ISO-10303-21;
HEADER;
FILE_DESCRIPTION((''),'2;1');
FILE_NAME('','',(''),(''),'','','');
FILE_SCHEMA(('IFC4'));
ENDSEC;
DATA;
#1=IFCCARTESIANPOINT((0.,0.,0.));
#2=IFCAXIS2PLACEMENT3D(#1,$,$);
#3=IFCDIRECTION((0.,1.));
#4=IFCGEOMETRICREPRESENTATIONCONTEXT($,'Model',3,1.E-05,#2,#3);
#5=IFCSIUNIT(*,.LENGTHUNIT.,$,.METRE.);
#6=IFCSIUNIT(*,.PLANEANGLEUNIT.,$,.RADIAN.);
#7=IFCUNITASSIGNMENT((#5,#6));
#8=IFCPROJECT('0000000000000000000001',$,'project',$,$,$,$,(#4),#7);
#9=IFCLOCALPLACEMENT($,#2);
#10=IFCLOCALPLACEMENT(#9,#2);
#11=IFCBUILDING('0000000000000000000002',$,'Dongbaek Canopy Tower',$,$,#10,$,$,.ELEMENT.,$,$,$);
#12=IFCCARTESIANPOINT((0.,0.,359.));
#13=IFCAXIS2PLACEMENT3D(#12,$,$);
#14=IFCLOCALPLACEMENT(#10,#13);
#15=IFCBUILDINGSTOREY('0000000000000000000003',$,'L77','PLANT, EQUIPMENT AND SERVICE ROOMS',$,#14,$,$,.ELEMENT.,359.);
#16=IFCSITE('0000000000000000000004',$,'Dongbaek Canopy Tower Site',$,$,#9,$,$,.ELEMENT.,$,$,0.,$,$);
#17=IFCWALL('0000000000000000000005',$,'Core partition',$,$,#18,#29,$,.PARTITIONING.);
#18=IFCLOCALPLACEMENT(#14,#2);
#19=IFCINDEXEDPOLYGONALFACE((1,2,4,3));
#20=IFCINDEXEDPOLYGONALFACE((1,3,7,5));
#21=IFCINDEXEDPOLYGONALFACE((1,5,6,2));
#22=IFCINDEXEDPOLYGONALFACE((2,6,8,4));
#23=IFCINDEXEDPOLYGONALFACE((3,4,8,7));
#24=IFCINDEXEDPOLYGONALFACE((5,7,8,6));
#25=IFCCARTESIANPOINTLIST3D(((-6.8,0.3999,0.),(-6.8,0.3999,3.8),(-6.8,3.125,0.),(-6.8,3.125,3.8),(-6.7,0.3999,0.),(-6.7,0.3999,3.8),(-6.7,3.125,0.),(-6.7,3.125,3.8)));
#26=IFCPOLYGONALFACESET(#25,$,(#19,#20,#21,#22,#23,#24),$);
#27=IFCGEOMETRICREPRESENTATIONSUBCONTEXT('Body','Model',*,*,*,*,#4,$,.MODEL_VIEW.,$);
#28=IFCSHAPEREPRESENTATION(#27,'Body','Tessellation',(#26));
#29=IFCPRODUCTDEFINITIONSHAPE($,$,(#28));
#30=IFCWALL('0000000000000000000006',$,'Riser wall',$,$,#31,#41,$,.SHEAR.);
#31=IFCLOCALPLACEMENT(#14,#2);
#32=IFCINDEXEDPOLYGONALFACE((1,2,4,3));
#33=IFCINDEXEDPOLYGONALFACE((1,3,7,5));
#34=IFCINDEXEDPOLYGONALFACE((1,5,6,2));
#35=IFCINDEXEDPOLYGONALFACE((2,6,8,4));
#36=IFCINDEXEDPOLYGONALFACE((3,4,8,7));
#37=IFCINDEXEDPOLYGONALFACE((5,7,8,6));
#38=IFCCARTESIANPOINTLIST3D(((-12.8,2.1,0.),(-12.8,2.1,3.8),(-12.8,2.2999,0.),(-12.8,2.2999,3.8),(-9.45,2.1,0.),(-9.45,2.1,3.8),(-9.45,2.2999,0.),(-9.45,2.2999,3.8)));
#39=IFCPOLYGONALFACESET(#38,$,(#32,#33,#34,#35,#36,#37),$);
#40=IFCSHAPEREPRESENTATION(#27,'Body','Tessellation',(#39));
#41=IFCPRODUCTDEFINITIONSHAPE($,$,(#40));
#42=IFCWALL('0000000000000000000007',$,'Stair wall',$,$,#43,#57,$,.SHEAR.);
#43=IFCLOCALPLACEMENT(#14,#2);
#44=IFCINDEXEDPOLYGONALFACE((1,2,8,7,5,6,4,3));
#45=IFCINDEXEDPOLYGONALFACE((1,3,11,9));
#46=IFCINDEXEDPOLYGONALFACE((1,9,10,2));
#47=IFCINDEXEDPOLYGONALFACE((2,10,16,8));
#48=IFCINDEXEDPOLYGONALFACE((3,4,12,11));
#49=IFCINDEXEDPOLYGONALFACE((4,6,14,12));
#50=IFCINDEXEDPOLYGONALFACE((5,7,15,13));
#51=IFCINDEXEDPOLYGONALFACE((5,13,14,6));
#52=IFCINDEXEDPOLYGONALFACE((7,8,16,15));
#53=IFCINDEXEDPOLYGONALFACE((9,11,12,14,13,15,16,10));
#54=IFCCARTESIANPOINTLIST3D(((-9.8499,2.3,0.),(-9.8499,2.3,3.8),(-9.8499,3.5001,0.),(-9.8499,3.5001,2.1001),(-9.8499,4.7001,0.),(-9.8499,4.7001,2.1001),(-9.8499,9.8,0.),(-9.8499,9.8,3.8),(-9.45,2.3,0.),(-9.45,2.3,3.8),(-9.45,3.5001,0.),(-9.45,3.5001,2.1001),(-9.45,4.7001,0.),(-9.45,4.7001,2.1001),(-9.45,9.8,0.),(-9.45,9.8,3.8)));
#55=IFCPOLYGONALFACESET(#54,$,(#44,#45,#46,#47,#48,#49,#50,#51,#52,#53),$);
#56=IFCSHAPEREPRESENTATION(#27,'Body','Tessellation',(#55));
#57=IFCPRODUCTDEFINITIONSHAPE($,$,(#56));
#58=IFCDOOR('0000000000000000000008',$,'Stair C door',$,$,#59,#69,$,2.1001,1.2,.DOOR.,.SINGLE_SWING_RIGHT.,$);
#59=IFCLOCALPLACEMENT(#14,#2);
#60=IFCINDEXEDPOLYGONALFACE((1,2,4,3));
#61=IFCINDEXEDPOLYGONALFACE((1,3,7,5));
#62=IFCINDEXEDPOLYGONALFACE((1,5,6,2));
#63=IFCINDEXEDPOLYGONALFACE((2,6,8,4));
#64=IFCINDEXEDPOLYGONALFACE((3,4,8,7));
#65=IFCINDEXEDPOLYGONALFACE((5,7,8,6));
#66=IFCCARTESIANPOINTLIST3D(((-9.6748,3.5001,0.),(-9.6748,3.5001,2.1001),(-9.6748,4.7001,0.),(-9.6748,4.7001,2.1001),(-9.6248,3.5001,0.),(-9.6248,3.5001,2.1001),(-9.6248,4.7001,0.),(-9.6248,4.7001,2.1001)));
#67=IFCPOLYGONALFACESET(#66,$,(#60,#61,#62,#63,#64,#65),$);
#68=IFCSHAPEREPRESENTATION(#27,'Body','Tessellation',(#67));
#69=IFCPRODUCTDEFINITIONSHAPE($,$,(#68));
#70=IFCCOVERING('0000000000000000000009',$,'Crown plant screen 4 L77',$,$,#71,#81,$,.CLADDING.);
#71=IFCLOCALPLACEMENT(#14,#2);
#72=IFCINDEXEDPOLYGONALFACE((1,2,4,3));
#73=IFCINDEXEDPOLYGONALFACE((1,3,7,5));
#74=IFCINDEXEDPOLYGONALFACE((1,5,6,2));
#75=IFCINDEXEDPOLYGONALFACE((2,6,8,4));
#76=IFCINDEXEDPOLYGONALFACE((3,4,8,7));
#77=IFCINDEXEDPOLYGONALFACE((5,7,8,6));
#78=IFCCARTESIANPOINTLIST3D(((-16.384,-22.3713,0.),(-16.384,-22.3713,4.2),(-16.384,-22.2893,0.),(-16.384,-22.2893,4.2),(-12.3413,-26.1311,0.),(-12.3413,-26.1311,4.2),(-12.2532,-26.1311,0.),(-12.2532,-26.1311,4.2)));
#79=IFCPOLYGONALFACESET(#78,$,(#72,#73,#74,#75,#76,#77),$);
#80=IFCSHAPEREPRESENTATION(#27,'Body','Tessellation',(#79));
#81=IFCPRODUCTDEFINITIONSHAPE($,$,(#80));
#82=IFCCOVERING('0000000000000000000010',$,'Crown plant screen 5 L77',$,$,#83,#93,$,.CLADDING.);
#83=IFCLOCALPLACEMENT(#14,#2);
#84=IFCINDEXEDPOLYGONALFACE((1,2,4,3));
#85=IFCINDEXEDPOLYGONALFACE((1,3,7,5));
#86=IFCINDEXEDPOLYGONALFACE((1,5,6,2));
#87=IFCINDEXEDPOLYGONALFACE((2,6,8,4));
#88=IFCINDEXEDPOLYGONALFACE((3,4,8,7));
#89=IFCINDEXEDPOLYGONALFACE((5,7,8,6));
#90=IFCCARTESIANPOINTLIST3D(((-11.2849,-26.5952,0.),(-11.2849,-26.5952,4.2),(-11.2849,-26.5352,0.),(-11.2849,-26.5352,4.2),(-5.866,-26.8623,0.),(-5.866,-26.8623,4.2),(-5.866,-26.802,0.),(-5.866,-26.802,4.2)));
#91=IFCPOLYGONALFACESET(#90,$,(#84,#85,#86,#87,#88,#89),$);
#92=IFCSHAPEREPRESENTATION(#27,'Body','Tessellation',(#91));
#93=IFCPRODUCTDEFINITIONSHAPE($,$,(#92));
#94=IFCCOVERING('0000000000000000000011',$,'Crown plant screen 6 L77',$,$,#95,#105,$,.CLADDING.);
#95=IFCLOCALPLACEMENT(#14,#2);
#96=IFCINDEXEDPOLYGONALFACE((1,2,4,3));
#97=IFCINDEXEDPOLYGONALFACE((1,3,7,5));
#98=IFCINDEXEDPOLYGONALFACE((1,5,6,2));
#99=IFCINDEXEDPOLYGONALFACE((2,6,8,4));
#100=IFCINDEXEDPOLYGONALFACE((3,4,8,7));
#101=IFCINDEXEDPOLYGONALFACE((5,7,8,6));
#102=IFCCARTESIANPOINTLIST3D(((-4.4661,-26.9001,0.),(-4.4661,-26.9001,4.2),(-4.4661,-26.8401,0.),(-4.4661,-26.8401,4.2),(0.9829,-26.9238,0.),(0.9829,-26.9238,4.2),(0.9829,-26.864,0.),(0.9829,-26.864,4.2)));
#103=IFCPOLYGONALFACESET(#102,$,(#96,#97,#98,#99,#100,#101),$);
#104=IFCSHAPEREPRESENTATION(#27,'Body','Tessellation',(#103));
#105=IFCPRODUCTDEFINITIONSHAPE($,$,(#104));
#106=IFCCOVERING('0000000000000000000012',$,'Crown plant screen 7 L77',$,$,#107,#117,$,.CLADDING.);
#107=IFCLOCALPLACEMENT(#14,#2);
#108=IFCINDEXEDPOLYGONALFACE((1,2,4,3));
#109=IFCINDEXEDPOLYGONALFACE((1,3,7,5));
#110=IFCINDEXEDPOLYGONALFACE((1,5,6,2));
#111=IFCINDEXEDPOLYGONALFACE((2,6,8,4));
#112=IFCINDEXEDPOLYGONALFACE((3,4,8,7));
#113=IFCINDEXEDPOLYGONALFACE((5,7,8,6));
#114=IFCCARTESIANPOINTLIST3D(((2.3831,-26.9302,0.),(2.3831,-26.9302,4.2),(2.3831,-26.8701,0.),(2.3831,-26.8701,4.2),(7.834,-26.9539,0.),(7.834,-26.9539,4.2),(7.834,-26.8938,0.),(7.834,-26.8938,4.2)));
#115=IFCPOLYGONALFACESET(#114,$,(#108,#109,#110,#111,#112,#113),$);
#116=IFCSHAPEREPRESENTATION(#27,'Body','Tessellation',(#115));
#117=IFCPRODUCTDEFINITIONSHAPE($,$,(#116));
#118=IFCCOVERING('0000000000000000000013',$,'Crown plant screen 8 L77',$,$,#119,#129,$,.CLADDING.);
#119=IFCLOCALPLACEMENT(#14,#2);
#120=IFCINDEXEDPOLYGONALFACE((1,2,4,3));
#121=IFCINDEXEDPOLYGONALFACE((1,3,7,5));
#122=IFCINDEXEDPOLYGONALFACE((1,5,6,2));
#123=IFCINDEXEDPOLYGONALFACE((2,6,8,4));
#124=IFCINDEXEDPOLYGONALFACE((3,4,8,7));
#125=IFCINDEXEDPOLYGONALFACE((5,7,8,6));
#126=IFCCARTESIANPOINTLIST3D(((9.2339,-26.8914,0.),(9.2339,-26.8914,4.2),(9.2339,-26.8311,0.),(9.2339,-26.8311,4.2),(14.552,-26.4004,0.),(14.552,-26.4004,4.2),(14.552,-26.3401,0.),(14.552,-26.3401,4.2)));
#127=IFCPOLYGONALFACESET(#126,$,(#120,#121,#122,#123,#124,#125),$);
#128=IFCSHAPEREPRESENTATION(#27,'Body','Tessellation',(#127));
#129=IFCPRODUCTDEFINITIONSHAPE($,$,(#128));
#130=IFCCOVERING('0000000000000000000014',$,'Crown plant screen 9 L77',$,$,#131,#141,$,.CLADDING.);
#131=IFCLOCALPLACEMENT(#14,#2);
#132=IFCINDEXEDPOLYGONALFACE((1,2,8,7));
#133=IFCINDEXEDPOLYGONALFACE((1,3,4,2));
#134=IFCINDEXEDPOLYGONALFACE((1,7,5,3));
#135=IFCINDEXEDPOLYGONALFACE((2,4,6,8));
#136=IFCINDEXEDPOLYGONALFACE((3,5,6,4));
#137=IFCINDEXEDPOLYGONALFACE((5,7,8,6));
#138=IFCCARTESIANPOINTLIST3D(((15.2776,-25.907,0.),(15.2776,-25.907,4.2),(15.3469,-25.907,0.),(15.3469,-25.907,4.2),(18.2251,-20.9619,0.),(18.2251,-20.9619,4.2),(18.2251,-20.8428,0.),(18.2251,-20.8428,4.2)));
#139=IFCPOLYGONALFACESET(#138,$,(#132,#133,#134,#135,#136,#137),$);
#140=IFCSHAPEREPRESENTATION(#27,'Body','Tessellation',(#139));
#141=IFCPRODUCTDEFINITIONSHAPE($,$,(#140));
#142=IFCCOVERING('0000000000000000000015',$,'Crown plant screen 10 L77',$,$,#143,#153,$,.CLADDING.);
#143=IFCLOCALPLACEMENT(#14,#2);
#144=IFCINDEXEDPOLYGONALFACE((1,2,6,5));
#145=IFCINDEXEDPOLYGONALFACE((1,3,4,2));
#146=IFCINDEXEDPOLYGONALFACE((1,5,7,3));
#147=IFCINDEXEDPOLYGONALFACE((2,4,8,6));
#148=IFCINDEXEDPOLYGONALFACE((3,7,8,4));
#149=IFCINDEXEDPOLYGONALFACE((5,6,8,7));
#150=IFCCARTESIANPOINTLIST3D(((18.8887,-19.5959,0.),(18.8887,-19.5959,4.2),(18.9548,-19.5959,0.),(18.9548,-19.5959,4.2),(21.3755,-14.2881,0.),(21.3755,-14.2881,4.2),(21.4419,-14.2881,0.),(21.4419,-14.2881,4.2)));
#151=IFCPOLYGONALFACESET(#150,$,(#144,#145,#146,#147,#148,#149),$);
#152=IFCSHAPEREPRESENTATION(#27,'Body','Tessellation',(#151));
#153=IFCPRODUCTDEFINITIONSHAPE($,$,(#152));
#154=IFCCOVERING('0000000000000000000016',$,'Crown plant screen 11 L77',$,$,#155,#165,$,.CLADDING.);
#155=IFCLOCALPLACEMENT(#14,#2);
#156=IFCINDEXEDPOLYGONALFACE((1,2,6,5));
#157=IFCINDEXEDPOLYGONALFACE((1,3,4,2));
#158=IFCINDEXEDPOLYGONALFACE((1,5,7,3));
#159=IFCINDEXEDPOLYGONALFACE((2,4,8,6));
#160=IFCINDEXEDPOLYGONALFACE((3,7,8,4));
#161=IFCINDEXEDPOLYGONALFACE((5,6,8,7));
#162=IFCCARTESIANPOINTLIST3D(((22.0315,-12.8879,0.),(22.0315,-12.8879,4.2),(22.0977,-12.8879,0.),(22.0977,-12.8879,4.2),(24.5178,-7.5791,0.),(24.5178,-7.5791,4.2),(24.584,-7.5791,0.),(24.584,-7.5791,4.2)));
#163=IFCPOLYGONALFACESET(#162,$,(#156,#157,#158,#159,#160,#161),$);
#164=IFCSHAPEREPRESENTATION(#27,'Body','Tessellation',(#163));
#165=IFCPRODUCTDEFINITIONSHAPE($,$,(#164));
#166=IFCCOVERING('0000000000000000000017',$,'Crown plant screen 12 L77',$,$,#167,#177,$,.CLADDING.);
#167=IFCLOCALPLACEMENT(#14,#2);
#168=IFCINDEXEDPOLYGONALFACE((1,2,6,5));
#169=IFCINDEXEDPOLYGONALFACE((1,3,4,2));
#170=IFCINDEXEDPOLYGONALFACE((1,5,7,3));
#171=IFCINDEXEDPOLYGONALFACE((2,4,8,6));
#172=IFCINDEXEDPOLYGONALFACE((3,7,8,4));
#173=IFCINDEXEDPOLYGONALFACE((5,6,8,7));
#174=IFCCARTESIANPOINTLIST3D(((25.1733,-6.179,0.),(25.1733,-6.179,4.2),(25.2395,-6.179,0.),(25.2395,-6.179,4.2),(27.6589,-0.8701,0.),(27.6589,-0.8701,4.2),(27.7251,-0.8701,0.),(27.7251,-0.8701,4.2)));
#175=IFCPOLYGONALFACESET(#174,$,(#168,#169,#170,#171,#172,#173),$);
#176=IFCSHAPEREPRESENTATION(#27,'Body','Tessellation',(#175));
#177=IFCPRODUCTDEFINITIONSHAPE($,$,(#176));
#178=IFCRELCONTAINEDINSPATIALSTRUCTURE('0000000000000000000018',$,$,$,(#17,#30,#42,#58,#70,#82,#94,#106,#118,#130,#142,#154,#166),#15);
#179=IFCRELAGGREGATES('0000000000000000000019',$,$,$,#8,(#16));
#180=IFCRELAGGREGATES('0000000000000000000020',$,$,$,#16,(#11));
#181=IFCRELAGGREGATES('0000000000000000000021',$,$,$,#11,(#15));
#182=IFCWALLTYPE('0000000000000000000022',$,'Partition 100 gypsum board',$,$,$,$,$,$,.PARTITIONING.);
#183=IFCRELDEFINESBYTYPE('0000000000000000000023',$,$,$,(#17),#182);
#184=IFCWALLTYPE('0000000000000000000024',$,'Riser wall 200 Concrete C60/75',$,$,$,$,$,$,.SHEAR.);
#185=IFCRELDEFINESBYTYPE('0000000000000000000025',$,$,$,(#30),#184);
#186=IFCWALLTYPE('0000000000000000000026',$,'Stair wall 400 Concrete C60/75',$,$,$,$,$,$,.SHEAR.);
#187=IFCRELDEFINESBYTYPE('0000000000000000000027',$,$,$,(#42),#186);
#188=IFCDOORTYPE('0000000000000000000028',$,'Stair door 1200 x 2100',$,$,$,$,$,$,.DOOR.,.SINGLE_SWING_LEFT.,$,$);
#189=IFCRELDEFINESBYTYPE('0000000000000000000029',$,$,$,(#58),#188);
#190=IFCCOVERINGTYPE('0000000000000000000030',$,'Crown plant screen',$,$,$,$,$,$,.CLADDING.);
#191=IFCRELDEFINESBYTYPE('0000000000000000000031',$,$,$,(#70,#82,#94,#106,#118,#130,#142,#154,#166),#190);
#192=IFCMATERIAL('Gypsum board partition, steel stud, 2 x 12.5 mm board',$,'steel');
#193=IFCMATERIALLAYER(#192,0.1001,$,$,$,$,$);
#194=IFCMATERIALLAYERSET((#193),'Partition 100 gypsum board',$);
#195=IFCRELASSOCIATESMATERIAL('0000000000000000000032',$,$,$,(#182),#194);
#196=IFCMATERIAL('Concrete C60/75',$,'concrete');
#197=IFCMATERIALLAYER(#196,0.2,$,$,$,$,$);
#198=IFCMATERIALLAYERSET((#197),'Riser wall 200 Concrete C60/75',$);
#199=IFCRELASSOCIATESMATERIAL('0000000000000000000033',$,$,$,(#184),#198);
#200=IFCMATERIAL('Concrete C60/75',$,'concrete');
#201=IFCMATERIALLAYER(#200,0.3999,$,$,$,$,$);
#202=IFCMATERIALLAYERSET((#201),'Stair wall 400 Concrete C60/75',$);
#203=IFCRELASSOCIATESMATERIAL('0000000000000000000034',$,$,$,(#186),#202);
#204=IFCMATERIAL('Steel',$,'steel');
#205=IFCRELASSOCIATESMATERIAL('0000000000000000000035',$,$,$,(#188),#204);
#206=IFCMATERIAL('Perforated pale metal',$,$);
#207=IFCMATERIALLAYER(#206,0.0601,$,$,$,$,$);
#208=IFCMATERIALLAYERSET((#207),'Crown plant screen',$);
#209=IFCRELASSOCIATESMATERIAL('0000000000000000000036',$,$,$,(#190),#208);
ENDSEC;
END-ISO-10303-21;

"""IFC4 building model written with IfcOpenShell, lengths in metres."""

from ifc_helpers import new_model, si_unit, direction, frame, frame_2d, origin, place, context, subcontext, project, spatial, polyline, rectangle, outline, extrude, material, layer, layer_set, type_object, element, fill, save


model = new_model("IFC4")

# Units and contexts
model_context = context("Model", 3, precision=1e-05, world=origin(), true_north=direction((0.0, 1.0)))
body_context = subcontext(model_context, "Body", "Model", "MODEL_VIEW")
ifc_project = project(units=[si_unit("LENGTHUNIT", "METRE"), si_unit("PLANEANGLEUNIT", "RADIAN")], contexts=[model_context])

# Site, building, storey
site_placement = place(None, origin())
site = spatial("IfcSite", under=ifc_project, at=site_placement, Name="Dongbaek Canopy Tower Site", CompositionType="ELEMENT", RefElevation=0.0)
building_placement = place(site_placement, origin())
building = spatial("IfcBuilding", under=site, at=building_placement, Name="Dongbaek Canopy Tower", CompositionType="ELEMENT")
storey_placement = place(building_placement, frame((0.0, 0.0, 359.0)))
storey = spatial("IfcBuildingStorey", under=building, at=storey_placement, Name="L77", Description="PLANT, EQUIPMENT AND SERVICE ROOMS", CompositionType="ELEMENT", Elevation=359.0)

# Walls
ifc_material_1 = material(Name="Gypsum board partition, steel stud, 2 x 12.5 mm board", Category="steel")
ifc_layer_1 = layer(ifc_material_1, 0.1001)
ifc_layer_set_1 = layer_set([ifc_layer_1], Name="Partition 100 gypsum board")
wall_type_1 = type_object("IfcWallType", Name="Partition 100 gypsum board", PredefinedType="PARTITIONING", material=ifc_layer_set_1)
for number, where, z_axis, x_axis, name in (
    (1, (-6.75, 0.3999, 0.0), (0.0, 0.0, 1.0), (0.0, 1.0, 0.0), "Core partition"),
):
    element("IfcWall", number, at=place(storey_placement, frame(where, z_axis=z_axis, x_axis=x_axis)), inside=storey, type_object=wall_type_1, Name=name, PredefinedType="PARTITIONING", context=body_context, shape_type="SweptSolid", body=[
        extrude(rectangle(XDim=2.7251, YDim=0.1001, at=frame_2d((1.3625, 0.0))), origin(), (0.0, 0.0, 1.0), 3.8),
    ])
ifc_material_2 = material(Name="Concrete C60/75", Category="concrete")
ifc_layer_2 = layer(ifc_material_2, 0.2)
ifc_layer_set_2 = layer_set([ifc_layer_2], Name="Riser wall 200 Concrete C60/75")
wall_type_2 = type_object("IfcWallType", Name="Riser wall 200 Concrete C60/75", PredefinedType="SHEAR", material=ifc_layer_set_2)
wall_1_placement = place(storey_placement, frame((-9.45, 2.2, 0.0), z_axis=(0.0, 0.0, 1.0), x_axis=(-1.0, 0.0, 0.0)))
element("IfcWall", 2, at=wall_1_placement, inside=storey, type_object=wall_type_2, Name="Riser wall", PredefinedType="SHEAR", context=body_context, shape_type="SweptSolid", body=[
    extrude(rectangle(XDim=3.3501, YDim=0.2, at=frame_2d((1.675, 0.0))), origin(), (0.0, 0.0, 1.0), 3.8),
])

# Wall, opening, door
ifc_material_3 = material(Name="Concrete C60/75", Category="concrete")
ifc_layer_3 = layer(ifc_material_3, 0.3999)
ifc_layer_set_3 = layer_set([ifc_layer_3], Name="Stair wall 400 Concrete C60/75")
wall_type_3 = type_object("IfcWallType", Name="Stair wall 400 Concrete C60/75", PredefinedType="SHEAR", material=ifc_layer_set_3)
wall_2_placement = place(storey_placement, frame((-9.6499, 2.3, 0.0), z_axis=(0.0, 0.0, 1.0), x_axis=(0.0, 1.0, 0.0)))
wall_2 = element("IfcWall", 3, at=wall_2_placement, inside=storey, type_object=wall_type_3, Name="Stair wall", PredefinedType="SHEAR", context=body_context, shape_type="SweptSolid", body=[
    extrude(rectangle(XDim=7.5, YDim=0.3999, at=frame_2d((3.75, 0.0))), origin(), (0.0, 0.0, 1.0), 3.8),
])
opening_1_placement = place(wall_2_placement, frame((1.2, 0.0, 0.0)))
opening_1 = element("IfcOpeningElement", 4, at=opening_1_placement, cuts=wall_2, PredefinedType="OPENING", context=body_context, shape_type="SweptSolid", body=[
    extrude(rectangle(XDim=1.2, YDim=2.1001, at=frame_2d((0.6001, 1.05))), frame((0.0, 0.21, 0.0), z_axis=(0.0, -1.0, 0.0), x_axis=(1.0, 0.0, 0.0)), (0.0, 0.0, 1.0), 0.4199),
])
ifc_material_4 = material(Name="Steel", Category="steel")
door_type_1 = type_object("IfcDoorType", Name="Stair door 1200 x 2100", OperationType="SINGLE_SWING_LEFT", PredefinedType="DOOR", material=ifc_material_4)
door_1_placement = place(opening_1_placement, origin())
door_1 = element("IfcDoor", 5, at=door_1_placement, inside=storey, type_object=door_type_1, Name="Stair C door", OperationType="SINGLE_SWING_RIGHT", OverallHeight=2.1001, OverallWidth=1.2, PredefinedType="DOOR", context=body_context, shape_type="SweptSolid", body=[
    extrude(rectangle(XDim=1.2, YDim=2.1001, at=frame_2d((0.6001, 1.05))), frame((0.0, 0.0249, 0.0), z_axis=(0.0, -1.0, 0.0), x_axis=(1.0, 0.0, 0.0)), (0.0, 0.0, 1.0), 0.05),
])
fill(opening_1, door_1)

# Coverings
ifc_material_5 = material(Name="Perforated pale metal")
ifc_layer_4 = layer(ifc_material_5, 0.0601)
ifc_layer_set_4 = layer_set([ifc_layer_4], Name="Crown plant screen")
covering_type_1 = type_object("IfcCoveringType", Name="Crown plant screen", PredefinedType="CLADDING", material=ifc_layer_set_4)
covering_1_placement = place(storey_placement, origin())
element("IfcCovering", 6, at=covering_1_placement, inside=storey, type_object=covering_type_1, Name="Crown plant screen 4 L77", PredefinedType="CLADDING", context=body_context, shape_type="SweptSolid", body=[
    extrude(outline(polyline([(-16.384, -22.3713), (-16.384, -22.2893), (-12.2532, -26.1311), (-12.3413, -26.1311), (-16.384, -22.3713)])), origin(), (0.0, 0.0, 1.0), 4.2),
])
covering_2_placement = place(storey_placement, origin())
element("IfcCovering", 7, at=covering_2_placement, inside=storey, type_object=covering_type_1, Name="Crown plant screen 5 L77", PredefinedType="CLADDING", context=body_context, shape_type="SweptSolid", body=[
    extrude(outline(polyline([(-11.2849, -26.5952), (-11.2849, -26.5352), (-5.866, -26.802), (-5.866, -26.8623), (-11.2849, -26.5952)])), origin(), (0.0, 0.0, 1.0), 4.2),
])
covering_3_placement = place(storey_placement, origin())
element("IfcCovering", 8, at=covering_3_placement, inside=storey, type_object=covering_type_1, Name="Crown plant screen 6 L77", PredefinedType="CLADDING", context=body_context, shape_type="SweptSolid", body=[
    extrude(outline(polyline([(-4.4661, -26.9001), (-4.4661, -26.8401), (0.9829, -26.864), (0.9829, -26.9238), (-4.4661, -26.9001)])), origin(), (0.0, 0.0, 1.0), 4.2),
])
covering_4_placement = place(storey_placement, origin())
element("IfcCovering", 9, at=covering_4_placement, inside=storey, type_object=covering_type_1, Name="Crown plant screen 7 L77", PredefinedType="CLADDING", context=body_context, shape_type="SweptSolid", body=[
    extrude(outline(polyline([(2.3831, -26.9302), (2.3831, -26.8701), (7.834, -26.8938), (7.834, -26.9539), (2.3831, -26.9302)])), origin(), (0.0, 0.0, 1.0), 4.2),
])
covering_5_placement = place(storey_placement, origin())
element("IfcCovering", 10, at=covering_5_placement, inside=storey, type_object=covering_type_1, Name="Crown plant screen 8 L77", PredefinedType="CLADDING", context=body_context, shape_type="SweptSolid", body=[
    extrude(outline(polyline([(9.2339, -26.8914), (9.2339, -26.8311), (14.552, -26.3401), (14.552, -26.4004), (9.2339, -26.8914)])), origin(), (0.0, 0.0, 1.0), 4.2),
])
covering_6_placement = place(storey_placement, origin())
element("IfcCovering", 11, at=covering_6_placement, inside=storey, type_object=covering_type_1, Name="Crown plant screen 9 L77", PredefinedType="CLADDING", context=body_context, shape_type="SweptSolid", body=[
    extrude(outline(polyline([(15.3469, -25.907), (15.2776, -25.907), (18.2251, -20.8428), (18.2251, -20.9619), (15.3469, -25.907)])), origin(), (0.0, 0.0, 1.0), 4.2),
])
covering_7_placement = place(storey_placement, origin())
element("IfcCovering", 12, at=covering_7_placement, inside=storey, type_object=covering_type_1, Name="Crown plant screen 10 L77", PredefinedType="CLADDING", context=body_context, shape_type="SweptSolid", body=[
    extrude(outline(polyline([(18.9548, -19.5959), (18.8887, -19.5959), (21.3755, -14.2881), (21.4419, -14.2881), (18.9548, -19.5959)])), origin(), (0.0, 0.0, 1.0), 4.2),
])
covering_8_placement = place(storey_placement, origin())
element("IfcCovering", 13, at=covering_8_placement, inside=storey, type_object=covering_type_1, Name="Crown plant screen 11 L77", PredefinedType="CLADDING", context=body_context, shape_type="SweptSolid", body=[
    extrude(outline(polyline([(22.0977, -12.8879), (22.0315, -12.8879), (24.5178, -7.5791), (24.584, -7.5791), (22.0977, -12.8879)])), origin(), (0.0, 0.0, 1.0), 4.2),
])
covering_9_placement = place(storey_placement, origin())
element("IfcCovering", 14, at=covering_9_placement, inside=storey, type_object=covering_type_1, Name="Crown plant screen 12 L77", PredefinedType="CLADDING", context=body_context, shape_type="SweptSolid", body=[
    extrude(outline(polyline([(25.2395, -6.179), (25.1733, -6.179), (27.6589, -0.8701), (27.7251, -0.8701), (25.2395, -6.179)])), origin(), (0.0, 0.0, 1.0), 4.2),
])

save(model, "model.ifc")
